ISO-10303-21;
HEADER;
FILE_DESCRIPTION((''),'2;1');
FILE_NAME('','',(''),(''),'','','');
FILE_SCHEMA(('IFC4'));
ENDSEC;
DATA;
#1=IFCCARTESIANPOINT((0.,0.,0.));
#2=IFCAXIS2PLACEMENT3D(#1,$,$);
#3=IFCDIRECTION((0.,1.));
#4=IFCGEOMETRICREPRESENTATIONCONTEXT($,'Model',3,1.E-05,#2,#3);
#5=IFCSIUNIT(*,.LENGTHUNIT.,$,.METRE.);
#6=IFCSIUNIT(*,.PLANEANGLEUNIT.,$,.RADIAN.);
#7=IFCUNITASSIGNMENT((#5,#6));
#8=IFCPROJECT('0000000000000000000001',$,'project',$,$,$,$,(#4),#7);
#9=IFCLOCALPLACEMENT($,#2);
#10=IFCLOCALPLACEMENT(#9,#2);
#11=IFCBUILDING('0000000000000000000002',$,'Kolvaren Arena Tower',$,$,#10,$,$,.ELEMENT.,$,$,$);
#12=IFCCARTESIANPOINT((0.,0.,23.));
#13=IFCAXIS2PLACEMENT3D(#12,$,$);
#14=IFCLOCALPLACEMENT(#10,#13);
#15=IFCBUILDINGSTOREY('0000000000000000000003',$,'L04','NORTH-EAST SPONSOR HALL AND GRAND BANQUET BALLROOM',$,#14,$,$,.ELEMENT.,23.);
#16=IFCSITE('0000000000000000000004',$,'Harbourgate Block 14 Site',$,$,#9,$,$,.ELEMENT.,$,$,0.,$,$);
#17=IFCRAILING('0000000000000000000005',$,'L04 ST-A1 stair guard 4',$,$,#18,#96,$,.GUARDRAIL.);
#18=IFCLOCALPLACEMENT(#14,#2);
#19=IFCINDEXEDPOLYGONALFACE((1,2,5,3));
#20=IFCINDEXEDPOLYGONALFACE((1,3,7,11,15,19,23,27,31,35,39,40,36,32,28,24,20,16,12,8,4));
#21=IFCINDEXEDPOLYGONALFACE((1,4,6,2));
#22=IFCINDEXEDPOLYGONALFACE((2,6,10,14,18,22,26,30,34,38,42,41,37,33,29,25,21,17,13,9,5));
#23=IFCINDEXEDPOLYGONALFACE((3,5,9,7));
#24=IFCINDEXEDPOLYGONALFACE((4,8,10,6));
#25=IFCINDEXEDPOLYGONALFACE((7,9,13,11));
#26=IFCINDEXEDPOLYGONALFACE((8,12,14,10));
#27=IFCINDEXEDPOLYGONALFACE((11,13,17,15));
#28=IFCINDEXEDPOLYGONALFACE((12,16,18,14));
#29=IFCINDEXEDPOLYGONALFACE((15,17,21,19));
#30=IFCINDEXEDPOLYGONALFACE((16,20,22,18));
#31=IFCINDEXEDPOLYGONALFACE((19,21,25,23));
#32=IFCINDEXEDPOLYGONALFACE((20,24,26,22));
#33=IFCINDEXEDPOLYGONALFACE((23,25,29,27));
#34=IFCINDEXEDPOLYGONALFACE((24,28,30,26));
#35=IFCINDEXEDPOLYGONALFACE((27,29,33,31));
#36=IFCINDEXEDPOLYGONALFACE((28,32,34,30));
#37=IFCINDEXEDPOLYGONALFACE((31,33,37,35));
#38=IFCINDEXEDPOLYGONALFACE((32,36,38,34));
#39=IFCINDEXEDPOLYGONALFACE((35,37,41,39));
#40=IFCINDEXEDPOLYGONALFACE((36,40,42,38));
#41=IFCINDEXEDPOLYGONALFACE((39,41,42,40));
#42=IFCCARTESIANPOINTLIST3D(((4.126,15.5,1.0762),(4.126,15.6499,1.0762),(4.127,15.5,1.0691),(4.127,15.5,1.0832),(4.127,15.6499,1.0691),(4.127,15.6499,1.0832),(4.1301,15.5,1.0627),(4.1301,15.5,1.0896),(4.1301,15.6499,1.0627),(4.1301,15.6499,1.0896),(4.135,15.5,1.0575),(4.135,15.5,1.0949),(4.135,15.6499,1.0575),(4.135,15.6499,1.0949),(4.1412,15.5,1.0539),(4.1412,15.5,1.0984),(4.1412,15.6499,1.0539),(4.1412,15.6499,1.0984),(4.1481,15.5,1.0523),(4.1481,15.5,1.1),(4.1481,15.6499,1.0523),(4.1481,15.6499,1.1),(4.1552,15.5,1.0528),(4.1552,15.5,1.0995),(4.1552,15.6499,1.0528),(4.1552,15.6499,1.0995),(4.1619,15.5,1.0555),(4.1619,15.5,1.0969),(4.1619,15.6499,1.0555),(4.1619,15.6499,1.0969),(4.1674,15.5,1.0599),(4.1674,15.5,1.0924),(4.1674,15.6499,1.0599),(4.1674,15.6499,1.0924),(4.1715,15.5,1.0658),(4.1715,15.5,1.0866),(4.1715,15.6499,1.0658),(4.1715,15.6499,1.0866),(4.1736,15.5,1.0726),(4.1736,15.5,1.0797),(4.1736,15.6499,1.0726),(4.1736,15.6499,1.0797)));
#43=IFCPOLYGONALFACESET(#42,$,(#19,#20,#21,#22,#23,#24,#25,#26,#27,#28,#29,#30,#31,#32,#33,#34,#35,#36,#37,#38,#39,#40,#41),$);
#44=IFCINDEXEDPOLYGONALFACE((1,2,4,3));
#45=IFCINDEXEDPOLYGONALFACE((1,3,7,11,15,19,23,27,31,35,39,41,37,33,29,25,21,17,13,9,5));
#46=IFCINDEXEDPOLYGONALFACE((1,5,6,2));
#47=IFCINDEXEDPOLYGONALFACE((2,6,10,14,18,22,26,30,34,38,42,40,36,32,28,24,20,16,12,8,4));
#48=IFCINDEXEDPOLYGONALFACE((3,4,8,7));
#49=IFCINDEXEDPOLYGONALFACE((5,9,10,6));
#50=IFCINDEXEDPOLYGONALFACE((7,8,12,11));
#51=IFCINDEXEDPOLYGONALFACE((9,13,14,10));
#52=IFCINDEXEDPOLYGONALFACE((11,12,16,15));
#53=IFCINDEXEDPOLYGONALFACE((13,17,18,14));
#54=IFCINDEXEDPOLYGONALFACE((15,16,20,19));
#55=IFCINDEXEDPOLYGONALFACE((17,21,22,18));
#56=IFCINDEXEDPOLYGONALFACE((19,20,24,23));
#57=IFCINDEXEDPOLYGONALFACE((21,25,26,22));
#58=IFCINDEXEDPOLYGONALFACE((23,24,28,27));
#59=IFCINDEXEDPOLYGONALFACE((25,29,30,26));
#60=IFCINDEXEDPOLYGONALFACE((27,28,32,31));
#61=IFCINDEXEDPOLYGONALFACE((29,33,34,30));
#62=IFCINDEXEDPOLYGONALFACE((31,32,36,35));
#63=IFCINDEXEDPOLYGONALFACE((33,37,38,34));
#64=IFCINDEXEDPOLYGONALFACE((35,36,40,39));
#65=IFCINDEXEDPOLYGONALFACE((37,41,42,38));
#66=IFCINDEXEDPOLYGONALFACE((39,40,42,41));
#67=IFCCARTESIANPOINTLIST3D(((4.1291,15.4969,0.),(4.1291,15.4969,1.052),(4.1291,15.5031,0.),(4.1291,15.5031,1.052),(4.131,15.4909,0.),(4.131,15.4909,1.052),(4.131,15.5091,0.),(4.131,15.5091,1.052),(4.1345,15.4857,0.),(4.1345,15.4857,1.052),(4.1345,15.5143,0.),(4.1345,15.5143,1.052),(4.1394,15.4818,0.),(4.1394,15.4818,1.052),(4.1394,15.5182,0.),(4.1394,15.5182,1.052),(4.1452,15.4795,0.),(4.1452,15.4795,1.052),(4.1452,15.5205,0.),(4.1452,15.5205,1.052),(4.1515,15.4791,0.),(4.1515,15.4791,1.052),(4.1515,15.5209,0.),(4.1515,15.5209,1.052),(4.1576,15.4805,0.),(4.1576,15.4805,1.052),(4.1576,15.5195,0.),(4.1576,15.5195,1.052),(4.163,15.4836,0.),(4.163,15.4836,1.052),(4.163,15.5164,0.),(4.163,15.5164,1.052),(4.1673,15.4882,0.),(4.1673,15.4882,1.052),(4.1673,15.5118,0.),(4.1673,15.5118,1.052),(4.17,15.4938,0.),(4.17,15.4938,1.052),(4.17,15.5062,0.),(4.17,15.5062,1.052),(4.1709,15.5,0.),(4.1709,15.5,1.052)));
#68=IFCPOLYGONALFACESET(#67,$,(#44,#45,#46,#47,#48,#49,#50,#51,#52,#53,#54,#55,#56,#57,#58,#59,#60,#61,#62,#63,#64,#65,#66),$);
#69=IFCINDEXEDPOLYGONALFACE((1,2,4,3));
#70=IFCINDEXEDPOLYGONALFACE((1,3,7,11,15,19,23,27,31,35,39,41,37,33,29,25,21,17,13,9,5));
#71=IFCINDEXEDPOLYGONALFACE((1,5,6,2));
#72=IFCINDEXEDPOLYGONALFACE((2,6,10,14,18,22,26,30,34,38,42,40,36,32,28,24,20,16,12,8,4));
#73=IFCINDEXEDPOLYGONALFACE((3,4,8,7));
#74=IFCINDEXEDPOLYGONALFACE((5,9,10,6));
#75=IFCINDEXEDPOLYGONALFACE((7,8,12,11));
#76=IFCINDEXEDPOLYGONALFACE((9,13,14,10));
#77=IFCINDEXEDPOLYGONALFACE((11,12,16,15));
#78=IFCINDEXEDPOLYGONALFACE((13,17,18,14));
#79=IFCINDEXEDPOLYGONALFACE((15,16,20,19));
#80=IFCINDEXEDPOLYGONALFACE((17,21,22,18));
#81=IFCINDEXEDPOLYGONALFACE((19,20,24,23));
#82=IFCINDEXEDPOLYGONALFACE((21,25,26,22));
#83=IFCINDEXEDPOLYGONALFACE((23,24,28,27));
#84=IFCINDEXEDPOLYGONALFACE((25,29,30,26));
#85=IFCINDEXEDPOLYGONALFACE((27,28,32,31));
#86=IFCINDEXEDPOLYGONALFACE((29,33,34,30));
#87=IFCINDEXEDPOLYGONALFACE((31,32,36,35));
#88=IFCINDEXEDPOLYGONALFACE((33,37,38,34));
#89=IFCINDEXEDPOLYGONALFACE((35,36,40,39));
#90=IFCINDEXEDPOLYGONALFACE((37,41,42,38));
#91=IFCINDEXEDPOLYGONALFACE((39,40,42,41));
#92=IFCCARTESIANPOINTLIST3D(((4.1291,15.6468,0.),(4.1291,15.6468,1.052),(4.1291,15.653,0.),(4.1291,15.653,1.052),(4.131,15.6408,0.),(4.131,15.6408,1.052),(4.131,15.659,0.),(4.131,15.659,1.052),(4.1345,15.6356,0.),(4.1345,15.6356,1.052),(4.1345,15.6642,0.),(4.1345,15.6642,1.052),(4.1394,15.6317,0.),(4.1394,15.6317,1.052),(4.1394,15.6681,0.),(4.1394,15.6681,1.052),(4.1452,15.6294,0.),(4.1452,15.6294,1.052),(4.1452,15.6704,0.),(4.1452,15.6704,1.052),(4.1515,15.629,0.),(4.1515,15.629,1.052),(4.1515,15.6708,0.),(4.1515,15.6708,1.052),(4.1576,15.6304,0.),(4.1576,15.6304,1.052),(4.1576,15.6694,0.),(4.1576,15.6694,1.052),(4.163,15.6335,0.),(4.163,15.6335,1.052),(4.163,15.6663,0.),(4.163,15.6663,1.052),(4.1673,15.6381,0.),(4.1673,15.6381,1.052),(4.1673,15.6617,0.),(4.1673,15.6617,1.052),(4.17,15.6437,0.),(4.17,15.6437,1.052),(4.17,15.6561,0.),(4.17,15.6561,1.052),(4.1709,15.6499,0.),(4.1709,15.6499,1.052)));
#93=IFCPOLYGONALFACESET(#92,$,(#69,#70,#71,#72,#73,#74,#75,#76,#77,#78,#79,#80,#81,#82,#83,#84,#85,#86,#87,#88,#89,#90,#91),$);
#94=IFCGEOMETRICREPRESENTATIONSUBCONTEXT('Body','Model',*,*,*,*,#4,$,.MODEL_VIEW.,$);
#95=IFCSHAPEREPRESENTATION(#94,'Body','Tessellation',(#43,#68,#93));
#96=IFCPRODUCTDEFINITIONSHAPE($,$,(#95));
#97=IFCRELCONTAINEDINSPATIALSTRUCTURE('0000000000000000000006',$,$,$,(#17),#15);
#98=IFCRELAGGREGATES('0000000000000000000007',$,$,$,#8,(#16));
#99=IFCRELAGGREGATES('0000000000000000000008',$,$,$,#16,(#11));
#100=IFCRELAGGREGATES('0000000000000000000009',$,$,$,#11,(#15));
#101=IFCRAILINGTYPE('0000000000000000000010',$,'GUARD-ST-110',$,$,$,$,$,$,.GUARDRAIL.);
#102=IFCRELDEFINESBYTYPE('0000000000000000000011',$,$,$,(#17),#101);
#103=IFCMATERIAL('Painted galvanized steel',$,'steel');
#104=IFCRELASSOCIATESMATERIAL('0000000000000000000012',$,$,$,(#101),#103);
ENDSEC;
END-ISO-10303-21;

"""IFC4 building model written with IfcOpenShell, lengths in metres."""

from ifc_helpers import new_model, si_unit, direction, frame, origin, origin_2d, place, context, subcontext, project, spatial, circle, extrude, material, type_object, element, save


model = new_model("IFC4")

# Units and contexts
model_context = context("Model", 3, precision=1e-05, world=origin(), true_north=direction((0.0, 1.0)))
body_context = subcontext(model_context, "Body", "Model", "MODEL_VIEW")
ifc_project = project(units=[si_unit("LENGTHUNIT", "METRE"), si_unit("PLANEANGLEUNIT", "RADIAN")], contexts=[model_context])

# Site, building, storey
site_placement = place(None, origin())
site = spatial("IfcSite", under=ifc_project, at=site_placement, Name="Harbourgate Block 14 Site", CompositionType="ELEMENT", RefElevation=0.0)
building_placement = place(site_placement, origin())
building = spatial("IfcBuilding", under=site, at=building_placement, Name="Kolvaren Arena Tower", CompositionType="ELEMENT")
storey_placement = place(building_placement, frame((0.0, 0.0, 23.0)))
storey = spatial("IfcBuildingStorey", under=building, at=storey_placement, Name="L04", Description="NORTH-EAST SPONSOR HALL AND GRAND BANQUET BALLROOM", CompositionType="ELEMENT", Elevation=23.0)

# Railing
ifc_material_1 = material(Name="Painted galvanized steel", Category="steel")
railing_type_1 = type_object("IfcRailingType", Name="GUARD-ST-110", PredefinedType="GUARDRAIL", material=ifc_material_1)
railing_1_placement = place(storey_placement, frame((4.1499, 15.5, 0.0)))
element("IfcRailing", 1, at=railing_1_placement, inside=storey, type_object=railing_type_1, Name="L04 ST-A1 stair guard 4", PredefinedType="GUARDRAIL", context=body_context, shape_type="SweptSolid", body=[
    extrude(circle(Radius=0.0239, at=origin_2d()), frame((0.0, 0.0, 1.0762), z_axis=(0.0, 1.0, 0.0), x_axis=(-1.0, 0.0, 0.0)), (0.0, 0.0, 1.0), 0.1499),
    extrude(circle(Radius=0.021, at=origin_2d()), origin(), (0.0, 0.0, 1.0), 1.052),
    extrude(circle(Radius=0.021, at=origin_2d()), frame((0.0, 0.1499, 0.0)), (0.0, 0.0, 1.0), 1.052),
])

save(model, "model.ifc")
